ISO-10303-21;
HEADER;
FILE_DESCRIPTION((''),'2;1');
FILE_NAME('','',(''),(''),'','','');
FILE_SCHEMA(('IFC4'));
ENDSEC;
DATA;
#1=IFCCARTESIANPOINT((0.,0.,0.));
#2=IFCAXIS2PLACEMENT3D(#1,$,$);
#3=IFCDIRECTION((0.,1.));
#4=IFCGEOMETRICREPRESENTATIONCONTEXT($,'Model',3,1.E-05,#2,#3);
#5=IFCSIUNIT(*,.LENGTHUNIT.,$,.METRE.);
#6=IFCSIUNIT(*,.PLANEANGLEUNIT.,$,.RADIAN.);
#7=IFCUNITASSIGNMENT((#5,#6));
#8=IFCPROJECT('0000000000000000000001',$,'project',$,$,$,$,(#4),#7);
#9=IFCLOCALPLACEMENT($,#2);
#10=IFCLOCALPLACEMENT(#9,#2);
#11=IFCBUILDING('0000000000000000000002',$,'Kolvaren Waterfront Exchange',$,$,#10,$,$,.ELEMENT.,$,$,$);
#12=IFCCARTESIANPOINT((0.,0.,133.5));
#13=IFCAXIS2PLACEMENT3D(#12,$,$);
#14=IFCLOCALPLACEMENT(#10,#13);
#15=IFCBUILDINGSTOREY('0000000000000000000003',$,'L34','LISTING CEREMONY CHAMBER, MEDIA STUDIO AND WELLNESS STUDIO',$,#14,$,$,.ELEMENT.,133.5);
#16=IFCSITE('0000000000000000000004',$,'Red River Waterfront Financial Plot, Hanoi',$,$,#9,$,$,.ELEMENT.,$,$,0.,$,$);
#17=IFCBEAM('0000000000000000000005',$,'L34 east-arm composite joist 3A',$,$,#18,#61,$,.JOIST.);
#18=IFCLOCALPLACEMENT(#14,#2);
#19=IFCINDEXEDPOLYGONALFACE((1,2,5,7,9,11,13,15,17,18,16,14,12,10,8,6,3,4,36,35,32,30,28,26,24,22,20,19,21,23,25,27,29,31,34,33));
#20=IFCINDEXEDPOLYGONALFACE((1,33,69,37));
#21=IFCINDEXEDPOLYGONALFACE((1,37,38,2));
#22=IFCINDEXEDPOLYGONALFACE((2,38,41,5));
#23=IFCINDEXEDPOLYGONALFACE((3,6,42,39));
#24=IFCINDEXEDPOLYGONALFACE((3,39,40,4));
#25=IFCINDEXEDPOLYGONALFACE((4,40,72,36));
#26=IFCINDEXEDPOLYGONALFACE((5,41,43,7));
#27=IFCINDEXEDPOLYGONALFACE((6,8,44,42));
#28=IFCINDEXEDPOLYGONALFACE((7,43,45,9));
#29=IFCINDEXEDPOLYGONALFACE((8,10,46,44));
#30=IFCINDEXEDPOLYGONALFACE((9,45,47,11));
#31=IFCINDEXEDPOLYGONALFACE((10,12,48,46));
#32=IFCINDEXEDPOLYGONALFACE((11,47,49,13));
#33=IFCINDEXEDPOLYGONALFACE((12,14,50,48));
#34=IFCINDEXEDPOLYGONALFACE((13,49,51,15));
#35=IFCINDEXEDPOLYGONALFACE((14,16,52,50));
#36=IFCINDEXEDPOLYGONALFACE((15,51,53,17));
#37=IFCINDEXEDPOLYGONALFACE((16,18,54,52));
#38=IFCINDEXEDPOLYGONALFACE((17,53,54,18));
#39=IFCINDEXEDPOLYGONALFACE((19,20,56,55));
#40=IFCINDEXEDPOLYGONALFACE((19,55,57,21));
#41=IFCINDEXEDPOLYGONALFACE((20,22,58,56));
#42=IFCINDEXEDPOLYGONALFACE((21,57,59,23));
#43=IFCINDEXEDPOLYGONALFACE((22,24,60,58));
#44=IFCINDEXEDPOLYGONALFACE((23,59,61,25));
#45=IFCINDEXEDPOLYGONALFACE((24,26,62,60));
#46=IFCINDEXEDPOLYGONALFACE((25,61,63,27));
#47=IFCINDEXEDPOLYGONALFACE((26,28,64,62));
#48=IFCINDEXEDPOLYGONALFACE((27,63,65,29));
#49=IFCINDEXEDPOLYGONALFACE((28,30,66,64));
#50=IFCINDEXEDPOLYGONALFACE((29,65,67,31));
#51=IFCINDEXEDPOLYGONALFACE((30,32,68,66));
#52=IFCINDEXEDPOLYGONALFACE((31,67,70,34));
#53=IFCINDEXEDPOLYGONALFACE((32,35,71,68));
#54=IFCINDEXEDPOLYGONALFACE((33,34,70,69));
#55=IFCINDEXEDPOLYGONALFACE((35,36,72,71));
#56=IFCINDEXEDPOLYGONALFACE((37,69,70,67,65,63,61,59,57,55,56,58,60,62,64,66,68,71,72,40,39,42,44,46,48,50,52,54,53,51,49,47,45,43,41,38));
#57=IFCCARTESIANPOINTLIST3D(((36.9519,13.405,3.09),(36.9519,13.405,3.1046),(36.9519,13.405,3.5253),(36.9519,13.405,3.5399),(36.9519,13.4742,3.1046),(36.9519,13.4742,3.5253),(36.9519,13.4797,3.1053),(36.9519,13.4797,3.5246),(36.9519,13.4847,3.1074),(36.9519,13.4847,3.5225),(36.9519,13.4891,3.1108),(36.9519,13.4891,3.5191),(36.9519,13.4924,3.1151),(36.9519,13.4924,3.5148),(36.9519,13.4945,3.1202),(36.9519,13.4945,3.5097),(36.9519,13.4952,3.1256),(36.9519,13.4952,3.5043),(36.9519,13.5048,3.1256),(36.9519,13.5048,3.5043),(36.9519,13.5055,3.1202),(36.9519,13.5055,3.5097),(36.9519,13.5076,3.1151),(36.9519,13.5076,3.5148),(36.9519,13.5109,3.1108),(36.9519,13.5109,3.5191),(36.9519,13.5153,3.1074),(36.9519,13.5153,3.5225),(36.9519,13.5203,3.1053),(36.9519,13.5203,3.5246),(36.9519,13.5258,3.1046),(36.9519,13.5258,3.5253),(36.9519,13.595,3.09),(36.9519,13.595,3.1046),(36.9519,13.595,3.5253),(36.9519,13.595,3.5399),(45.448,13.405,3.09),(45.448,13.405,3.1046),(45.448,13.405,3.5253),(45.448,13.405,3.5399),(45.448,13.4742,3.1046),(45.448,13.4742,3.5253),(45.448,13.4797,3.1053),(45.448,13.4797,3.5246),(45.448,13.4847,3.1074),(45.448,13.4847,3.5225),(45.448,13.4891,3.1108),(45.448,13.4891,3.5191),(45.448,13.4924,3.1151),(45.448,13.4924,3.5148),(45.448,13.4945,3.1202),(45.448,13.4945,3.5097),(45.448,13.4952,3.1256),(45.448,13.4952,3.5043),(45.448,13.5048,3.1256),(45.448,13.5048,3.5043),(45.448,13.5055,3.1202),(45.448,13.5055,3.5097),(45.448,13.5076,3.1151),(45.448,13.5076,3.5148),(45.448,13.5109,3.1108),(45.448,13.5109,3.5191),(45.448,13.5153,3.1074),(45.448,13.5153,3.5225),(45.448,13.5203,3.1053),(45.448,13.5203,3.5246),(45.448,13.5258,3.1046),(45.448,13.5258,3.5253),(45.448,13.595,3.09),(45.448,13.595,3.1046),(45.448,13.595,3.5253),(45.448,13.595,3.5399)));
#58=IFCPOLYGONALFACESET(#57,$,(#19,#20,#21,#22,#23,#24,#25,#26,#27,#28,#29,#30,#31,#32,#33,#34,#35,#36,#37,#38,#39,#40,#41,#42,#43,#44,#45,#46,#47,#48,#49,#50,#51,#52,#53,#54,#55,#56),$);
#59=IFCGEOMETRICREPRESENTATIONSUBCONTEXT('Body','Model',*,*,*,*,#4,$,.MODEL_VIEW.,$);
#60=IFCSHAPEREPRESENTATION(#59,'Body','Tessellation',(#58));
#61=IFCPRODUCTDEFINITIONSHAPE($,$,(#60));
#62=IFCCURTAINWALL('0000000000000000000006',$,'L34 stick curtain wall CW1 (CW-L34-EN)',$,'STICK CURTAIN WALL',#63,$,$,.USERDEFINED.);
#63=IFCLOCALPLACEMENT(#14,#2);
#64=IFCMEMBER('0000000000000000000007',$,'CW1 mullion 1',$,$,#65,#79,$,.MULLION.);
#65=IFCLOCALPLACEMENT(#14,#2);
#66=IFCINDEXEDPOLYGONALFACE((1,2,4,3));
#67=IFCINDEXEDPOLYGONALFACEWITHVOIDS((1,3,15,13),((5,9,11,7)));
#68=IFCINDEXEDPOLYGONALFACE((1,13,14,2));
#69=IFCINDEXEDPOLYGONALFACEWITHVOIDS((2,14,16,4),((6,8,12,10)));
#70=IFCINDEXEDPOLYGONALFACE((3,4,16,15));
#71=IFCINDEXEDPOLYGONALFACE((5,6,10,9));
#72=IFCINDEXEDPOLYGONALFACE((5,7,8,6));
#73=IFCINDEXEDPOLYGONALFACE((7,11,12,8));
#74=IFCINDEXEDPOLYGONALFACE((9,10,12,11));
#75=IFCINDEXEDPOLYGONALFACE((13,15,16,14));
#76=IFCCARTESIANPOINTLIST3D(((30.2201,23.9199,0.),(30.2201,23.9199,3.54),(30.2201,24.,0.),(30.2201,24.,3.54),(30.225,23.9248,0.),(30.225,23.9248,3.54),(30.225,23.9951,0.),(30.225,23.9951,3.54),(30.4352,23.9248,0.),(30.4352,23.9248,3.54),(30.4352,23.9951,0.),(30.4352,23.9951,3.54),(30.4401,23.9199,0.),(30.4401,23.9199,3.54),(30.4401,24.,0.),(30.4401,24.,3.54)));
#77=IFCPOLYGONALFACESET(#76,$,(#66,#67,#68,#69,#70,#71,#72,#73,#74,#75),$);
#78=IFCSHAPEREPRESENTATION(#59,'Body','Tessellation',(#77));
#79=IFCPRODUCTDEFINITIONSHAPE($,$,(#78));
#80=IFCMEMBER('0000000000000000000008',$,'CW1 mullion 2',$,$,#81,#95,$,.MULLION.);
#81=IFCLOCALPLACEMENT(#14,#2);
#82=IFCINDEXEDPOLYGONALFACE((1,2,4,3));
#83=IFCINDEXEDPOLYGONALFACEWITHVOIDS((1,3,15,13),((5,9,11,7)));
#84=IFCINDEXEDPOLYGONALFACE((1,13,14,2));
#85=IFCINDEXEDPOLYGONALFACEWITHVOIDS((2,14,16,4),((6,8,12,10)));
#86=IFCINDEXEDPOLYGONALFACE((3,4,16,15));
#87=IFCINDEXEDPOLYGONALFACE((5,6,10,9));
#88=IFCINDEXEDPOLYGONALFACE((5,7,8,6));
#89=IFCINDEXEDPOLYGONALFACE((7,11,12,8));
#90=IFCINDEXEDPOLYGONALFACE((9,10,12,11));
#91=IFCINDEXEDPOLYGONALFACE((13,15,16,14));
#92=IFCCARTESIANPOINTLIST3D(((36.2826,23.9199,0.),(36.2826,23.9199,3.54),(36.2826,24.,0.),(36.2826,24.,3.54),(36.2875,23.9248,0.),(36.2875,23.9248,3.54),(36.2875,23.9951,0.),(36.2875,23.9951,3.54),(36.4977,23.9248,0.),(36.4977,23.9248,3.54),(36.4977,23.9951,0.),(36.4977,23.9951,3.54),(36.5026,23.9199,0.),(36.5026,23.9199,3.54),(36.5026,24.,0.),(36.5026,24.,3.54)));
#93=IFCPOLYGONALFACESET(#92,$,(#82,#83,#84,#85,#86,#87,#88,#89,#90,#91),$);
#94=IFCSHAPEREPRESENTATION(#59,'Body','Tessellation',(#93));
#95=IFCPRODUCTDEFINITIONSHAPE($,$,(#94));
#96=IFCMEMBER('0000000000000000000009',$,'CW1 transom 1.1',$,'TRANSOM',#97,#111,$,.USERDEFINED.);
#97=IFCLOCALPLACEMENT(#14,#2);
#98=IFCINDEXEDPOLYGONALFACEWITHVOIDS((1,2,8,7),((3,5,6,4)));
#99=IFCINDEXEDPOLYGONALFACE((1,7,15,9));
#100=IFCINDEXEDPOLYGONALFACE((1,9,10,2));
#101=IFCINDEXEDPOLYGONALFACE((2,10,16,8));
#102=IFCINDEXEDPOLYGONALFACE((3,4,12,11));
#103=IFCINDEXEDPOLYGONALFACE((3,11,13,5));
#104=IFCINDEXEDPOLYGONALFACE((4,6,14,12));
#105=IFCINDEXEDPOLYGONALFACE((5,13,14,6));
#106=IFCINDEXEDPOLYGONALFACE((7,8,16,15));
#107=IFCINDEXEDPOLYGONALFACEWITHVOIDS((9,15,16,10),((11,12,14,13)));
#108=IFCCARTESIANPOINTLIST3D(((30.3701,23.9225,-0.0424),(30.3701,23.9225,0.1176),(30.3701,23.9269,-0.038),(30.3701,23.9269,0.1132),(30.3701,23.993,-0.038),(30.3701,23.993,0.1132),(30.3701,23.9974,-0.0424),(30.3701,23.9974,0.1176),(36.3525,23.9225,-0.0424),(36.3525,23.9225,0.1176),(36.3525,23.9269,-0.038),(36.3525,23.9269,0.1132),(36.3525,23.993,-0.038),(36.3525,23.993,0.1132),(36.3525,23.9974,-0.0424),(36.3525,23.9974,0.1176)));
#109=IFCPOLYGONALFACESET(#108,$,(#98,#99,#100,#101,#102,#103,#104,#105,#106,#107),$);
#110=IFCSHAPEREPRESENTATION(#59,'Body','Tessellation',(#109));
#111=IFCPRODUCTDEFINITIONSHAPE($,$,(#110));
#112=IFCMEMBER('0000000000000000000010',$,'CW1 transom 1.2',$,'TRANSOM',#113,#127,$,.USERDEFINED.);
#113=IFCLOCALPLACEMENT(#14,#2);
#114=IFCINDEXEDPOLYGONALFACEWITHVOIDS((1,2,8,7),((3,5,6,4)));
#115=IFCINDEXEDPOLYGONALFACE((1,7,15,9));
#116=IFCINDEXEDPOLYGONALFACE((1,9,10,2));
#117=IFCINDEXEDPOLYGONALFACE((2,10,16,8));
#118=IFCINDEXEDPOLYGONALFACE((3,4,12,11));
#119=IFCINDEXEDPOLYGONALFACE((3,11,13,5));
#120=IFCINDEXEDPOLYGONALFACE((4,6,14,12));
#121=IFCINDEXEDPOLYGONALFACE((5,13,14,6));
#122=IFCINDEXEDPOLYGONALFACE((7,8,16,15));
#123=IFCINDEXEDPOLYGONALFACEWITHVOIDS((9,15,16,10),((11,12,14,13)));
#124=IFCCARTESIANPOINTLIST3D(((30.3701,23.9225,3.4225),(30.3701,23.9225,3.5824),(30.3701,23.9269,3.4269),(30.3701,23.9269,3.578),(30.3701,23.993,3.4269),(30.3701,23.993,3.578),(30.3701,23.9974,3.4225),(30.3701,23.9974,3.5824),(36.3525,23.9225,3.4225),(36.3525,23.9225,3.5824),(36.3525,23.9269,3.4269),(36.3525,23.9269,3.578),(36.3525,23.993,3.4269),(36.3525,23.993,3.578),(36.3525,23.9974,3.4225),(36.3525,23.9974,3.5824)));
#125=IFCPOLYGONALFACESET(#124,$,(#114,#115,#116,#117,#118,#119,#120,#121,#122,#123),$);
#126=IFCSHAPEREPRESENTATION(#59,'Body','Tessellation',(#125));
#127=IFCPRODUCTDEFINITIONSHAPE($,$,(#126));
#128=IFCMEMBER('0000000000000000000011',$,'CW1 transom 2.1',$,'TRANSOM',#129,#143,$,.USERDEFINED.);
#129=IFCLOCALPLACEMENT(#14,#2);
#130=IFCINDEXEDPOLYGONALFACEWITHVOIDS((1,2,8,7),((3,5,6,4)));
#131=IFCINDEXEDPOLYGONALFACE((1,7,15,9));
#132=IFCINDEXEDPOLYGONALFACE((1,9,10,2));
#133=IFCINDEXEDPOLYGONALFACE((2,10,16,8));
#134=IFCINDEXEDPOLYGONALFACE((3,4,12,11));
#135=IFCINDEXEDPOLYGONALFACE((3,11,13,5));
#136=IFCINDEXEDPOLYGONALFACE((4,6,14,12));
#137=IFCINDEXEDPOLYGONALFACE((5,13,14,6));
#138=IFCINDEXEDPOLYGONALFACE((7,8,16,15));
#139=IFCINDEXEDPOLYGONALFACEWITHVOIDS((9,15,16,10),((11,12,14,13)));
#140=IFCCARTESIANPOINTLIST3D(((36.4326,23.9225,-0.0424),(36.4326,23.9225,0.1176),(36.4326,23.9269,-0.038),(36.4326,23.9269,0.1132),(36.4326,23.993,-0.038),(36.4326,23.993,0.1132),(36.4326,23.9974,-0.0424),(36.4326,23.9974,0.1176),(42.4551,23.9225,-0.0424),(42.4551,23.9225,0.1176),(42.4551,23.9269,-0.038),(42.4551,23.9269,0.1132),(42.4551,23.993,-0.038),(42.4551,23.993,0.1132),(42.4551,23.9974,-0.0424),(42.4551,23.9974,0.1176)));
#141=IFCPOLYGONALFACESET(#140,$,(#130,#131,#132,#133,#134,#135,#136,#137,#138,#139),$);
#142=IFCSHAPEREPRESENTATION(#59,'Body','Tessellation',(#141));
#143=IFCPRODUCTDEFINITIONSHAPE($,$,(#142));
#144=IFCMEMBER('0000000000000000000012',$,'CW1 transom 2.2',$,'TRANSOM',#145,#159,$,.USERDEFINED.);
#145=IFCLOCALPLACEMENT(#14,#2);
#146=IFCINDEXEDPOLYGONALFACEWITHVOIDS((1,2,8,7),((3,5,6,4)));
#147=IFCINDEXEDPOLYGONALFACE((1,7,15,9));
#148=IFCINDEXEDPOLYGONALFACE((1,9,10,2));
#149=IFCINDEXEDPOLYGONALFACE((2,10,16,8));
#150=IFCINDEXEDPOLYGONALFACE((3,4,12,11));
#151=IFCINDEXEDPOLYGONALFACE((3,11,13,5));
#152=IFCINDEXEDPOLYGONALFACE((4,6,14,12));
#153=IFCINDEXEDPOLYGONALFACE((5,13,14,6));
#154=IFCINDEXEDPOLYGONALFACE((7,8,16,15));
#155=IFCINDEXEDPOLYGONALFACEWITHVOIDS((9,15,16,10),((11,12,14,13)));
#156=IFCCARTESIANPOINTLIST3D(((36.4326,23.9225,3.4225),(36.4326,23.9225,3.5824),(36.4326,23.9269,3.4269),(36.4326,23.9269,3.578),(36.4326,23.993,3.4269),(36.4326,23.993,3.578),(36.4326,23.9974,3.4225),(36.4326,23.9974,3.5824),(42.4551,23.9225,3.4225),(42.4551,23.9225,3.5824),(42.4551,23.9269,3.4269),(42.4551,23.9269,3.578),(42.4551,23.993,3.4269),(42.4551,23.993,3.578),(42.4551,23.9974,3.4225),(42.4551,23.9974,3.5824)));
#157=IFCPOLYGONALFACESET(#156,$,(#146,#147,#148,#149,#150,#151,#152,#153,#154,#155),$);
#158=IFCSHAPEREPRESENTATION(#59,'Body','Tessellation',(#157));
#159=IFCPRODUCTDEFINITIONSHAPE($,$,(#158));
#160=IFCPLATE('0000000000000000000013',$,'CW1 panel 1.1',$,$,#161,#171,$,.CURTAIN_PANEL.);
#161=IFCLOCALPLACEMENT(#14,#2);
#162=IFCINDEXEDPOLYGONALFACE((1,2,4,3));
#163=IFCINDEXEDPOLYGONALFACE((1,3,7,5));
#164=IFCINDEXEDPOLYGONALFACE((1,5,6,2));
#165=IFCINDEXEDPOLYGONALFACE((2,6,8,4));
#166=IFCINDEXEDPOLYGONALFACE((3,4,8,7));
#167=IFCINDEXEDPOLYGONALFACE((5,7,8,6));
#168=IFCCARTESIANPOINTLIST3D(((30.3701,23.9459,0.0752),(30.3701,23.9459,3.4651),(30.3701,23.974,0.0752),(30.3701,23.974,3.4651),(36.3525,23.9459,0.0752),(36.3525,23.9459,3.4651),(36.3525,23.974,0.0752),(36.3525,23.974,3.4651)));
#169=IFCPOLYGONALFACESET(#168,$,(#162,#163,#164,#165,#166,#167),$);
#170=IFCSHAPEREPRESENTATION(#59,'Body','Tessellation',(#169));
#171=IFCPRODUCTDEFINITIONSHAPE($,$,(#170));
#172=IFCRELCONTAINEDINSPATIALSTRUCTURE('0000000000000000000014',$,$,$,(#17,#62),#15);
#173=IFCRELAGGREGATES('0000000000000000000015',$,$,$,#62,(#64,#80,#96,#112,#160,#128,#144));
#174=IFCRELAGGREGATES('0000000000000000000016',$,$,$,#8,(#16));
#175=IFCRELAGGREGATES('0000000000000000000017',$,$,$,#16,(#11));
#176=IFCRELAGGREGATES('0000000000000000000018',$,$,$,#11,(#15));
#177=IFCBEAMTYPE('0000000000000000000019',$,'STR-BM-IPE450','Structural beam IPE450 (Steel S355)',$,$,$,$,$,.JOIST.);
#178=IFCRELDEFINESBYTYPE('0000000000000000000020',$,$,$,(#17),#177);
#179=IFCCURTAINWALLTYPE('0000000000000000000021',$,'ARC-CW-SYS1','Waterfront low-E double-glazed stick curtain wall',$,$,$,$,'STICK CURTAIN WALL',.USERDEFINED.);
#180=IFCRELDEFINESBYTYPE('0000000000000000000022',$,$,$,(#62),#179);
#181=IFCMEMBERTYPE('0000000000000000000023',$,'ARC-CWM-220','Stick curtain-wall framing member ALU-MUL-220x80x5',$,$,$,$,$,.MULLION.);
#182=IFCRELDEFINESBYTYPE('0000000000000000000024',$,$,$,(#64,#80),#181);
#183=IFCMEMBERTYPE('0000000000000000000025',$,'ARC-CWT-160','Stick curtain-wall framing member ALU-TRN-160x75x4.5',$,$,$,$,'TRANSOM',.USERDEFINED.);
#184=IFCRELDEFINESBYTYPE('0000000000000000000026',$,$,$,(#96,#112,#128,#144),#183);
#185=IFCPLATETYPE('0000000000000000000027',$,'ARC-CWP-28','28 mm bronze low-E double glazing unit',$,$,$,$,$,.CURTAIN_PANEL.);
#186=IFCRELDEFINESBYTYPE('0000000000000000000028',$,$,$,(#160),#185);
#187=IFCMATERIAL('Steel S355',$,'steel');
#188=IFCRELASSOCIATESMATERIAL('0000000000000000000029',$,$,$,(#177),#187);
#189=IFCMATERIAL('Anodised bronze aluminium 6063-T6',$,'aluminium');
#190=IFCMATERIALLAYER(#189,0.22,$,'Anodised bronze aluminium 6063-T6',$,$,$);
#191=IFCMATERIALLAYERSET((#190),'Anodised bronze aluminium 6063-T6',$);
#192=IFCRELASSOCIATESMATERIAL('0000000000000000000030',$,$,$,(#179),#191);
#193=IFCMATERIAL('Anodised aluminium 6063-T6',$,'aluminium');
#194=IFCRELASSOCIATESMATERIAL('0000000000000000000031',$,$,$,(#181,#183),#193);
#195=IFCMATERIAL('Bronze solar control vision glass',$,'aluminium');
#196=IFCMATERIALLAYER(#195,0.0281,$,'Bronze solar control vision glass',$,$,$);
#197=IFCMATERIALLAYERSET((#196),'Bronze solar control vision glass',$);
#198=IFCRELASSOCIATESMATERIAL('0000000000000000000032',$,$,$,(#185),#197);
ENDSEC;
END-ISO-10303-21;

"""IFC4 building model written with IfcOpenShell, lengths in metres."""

from ifc_helpers import new_model, si_unit, direction, frame, origin, origin_with_axes, origin_2d, place, context, subcontext, project, spatial, rectangle, hollow_rectangle, i_section, extrude, source, transform, mapped, material, layer, layer_set, material_profile, profile_set, type_object, element, aggregate, save


model = new_model("IFC4")

# Units and contexts
model_context = context("Model", 3, precision=1e-05, world=origin(), true_north=direction((0.0, 1.0)))
body_context = subcontext(model_context, "Body", "Model", "MODEL_VIEW")
ifc_project = project(units=[si_unit("LENGTHUNIT", "METRE"), si_unit("PLANEANGLEUNIT", "RADIAN")], contexts=[model_context])

# Site, building, storey
site_placement = place(None, origin())
site = spatial("IfcSite", under=ifc_project, at=site_placement, Name="Red River Waterfront Financial Plot, Hanoi", CompositionType="ELEMENT", RefElevation=0.0)
building_placement = place(site_placement, origin())
building = spatial("IfcBuilding", under=site, at=building_placement, Name="Kolvaren Waterfront Exchange", CompositionType="ELEMENT")
storey_placement = place(building_placement, frame((0.0, 0.0, 133.5)))
storey = spatial("IfcBuildingStorey", under=building, at=storey_placement, Name="L34", Description="LISTING CEREMONY CHAMBER, MEDIA STUDIO AND WELLNESS STUDIO", CompositionType="ELEMENT", Elevation=133.5)

# Beam
ifc_material_1 = material(Name="Steel S355", Category="steel")
ifc_material_profile_1 = material_profile(ifc_material_1, i_section(OverallWidth=0.1899, OverallDepth=0.45, WebThickness=0.0095, FlangeThickness=0.0146, FilletRadius=0.021, at=origin_2d()), Name="IPE450")
ifc_profile_set_1 = profile_set([ifc_material_profile_1], Name="Steel S355")
beam_type_1 = type_object("IfcBeamType", Name="STR-BM-IPE450", Description="Structural beam IPE450 (Steel S355)", PredefinedType="JOIST", material=ifc_profile_set_1)
beam_1_placement = place(storey_placement, frame((36.9519, 13.5, 3.3149), z_axis=(1.0, 0.0, 0.0), x_axis=(0.0, 1.0, 0.0)))
element("IfcBeam", 1, at=beam_1_placement, inside=storey, type_object=beam_type_1, Name="L34 east-arm composite joist 3A", PredefinedType="JOIST", context=body_context, shape_type="SweptSolid", body=[
    extrude(i_section(OverallWidth=0.1899, OverallDepth=0.45, WebThickness=0.0095, FlangeThickness=0.0146, FilletRadius=0.021, at=origin_2d()), origin(), (0.0, 0.0, 1.0), 8.4961),
])

# Curtain wall, members, plate
ifc_material_2 = material(Name="Anodised bronze aluminium 6063-T6", Category="aluminium")
ifc_layer_1 = layer(ifc_material_2, 0.22, Name="Anodised bronze aluminium 6063-T6")
ifc_layer_set_1 = layer_set([ifc_layer_1], Name="Anodised bronze aluminium 6063-T6")
curtain_wall_type = type_object("IfcCurtainWallType", Name="ARC-CW-SYS1", Description="Waterfront low-E double-glazed stick curtain wall", ElementType="STICK CURTAIN WALL", PredefinedType="USERDEFINED", material=ifc_layer_set_1)
curtain_wall_placement = place(storey_placement, origin())
curtain_wall = element("IfcCurtainWall", 2, at=curtain_wall_placement, inside=storey, type_object=curtain_wall_type, Name="L34 stick curtain wall CW1 (CW-L34-EN)", ObjectType="STICK CURTAIN WALL", PredefinedType="USERDEFINED")
ifc_material_3 = material(Name="Anodised aluminium 6063-T6", Category="aluminium")
ifc_material_profile_2 = material_profile(ifc_material_3, hollow_rectangle(XDim=0.0801, YDim=0.22, WallThickness=0.0049, at=origin_2d()), Name="ALU-MUL-220x80x5")
ifc_profile_set_2 = profile_set([ifc_material_profile_2], Name="Anodised aluminium 6063-T6")
member_type_1 = type_object("IfcMemberType", Name="ARC-CWM-220", Description="Stick curtain-wall framing member ALU-MUL-220x80x5", PredefinedType="MULLION", material=ifc_profile_set_2)
shared_shape_1 = source(origin_with_axes(), body_context, "Body", "SweptSolid", [
    extrude(hollow_rectangle(XDim=0.0801, YDim=0.22, WallThickness=0.0049, at=origin_2d()), origin(), (0.0, 0.0, 1.0), 3.54),
])
member_1_placement = place(storey_placement, frame((30.3301, 23.96, 0.0), z_axis=(0.0, 0.0, 1.0), x_axis=(0.0, 1.0, 0.0)))
member_1 = element("IfcMember", 3, at=member_1_placement, type_object=member_type_1, Name="CW1 mullion 1", PredefinedType="MULLION", context=body_context, shape_type="MappedRepresentation", body=[
    mapped(shared_shape_1, transform((0.0, 0.0, 0.0), x_axis=(1.0, 0.0, 0.0), y_axis=(0.0, 1.0, 0.0), z_axis=(0.0, 0.0, 1.0), scale=1.0)),
])
member_2_placement = place(storey_placement, frame((36.3926, 23.96, 0.0), z_axis=(0.0, 0.0, 1.0), x_axis=(0.0, 1.0, 0.0)))
member_2 = element("IfcMember", 4, at=member_2_placement, type_object=member_type_1, Name="CW1 mullion 2", PredefinedType="MULLION", context=body_context, shape_type="MappedRepresentation", body=[
    mapped(shared_shape_1, transform((0.0, 0.0, 0.0), x_axis=(1.0, 0.0, 0.0), y_axis=(0.0, 1.0, 0.0), z_axis=(0.0, 0.0, 1.0), scale=1.0)),
])
ifc_material_profile_3 = material_profile(ifc_material_3, hollow_rectangle(XDim=0.075, YDim=0.1599, WallThickness=0.0044, at=origin_2d()), Name="ALU-TRN-160x75x4.5")
ifc_profile_set_3 = profile_set([ifc_material_profile_3], Name="Anodised aluminium 6063-T6")
member_type_2 = type_object("IfcMemberType", Name="ARC-CWT-160", Description="Stick curtain-wall framing member ALU-TRN-160x75x4.5", ElementType="TRANSOM", PredefinedType="USERDEFINED", material=ifc_profile_set_3)
shared_shape_2 = source(origin_with_axes(), body_context, "Body", "SweptSolid", [
    extrude(hollow_rectangle(XDim=0.075, YDim=0.1599, WallThickness=0.0044, at=origin_2d()), origin(), (0.0, 0.0, 1.0), 5.9824),
])
member_3_placement = place(storey_placement, frame((30.3701, 23.96, 0.0376), z_axis=(1.0, 0.0, 0.0), x_axis=(0.0, 1.0, 0.0)))
member_3 = element("IfcMember", 5, at=member_3_placement, type_object=member_type_2, Name="CW1 transom 1.1", ObjectType="TRANSOM", PredefinedType="USERDEFINED", context=body_context, shape_type="MappedRepresentation", body=[
    mapped(shared_shape_2, transform((0.0, 0.0, 0.0), x_axis=(1.0, 0.0, 0.0), y_axis=(0.0, 1.0, 0.0), z_axis=(0.0, 0.0, 1.0), scale=1.0)),
])
member_4_placement = place(storey_placement, frame((30.3701, 23.96, 3.5024), z_axis=(1.0, 0.0, 0.0), x_axis=(0.0, 1.0, 0.0)))
member_4 = element("IfcMember", 6, at=member_4_placement, type_object=member_type_2, Name="CW1 transom 1.2", ObjectType="TRANSOM", PredefinedType="USERDEFINED", context=body_context, shape_type="MappedRepresentation", body=[
    mapped(shared_shape_2, transform((0.0, 0.0, 0.0), x_axis=(1.0, 0.0, 0.0), y_axis=(0.0, 1.0, 0.0), z_axis=(0.0, 0.0, 1.0), scale=1.0)),
])
shared_shape_3 = source(origin_with_axes(), body_context, "Body", "SweptSolid", [
    extrude(hollow_rectangle(XDim=0.075, YDim=0.1599, WallThickness=0.0044, at=origin_2d()), origin(), (0.0, 0.0, 1.0), 6.0225),
])
member_5_placement = place(storey_placement, frame((36.4326, 23.96, 0.0376), z_axis=(1.0, 0.0, 0.0), x_axis=(0.0, 1.0, 0.0)))
member_5 = element("IfcMember", 7, at=member_5_placement, type_object=member_type_2, Name="CW1 transom 2.1", ObjectType="TRANSOM", PredefinedType="USERDEFINED", context=body_context, shape_type="MappedRepresentation", body=[
    mapped(shared_shape_3, transform((0.0, 0.0, 0.0), x_axis=(1.0, 0.0, 0.0), y_axis=(0.0, 1.0, 0.0), z_axis=(0.0, 0.0, 1.0), scale=1.0)),
])
member_6_placement = place(storey_placement, frame((36.4326, 23.96, 3.5024), z_axis=(1.0, 0.0, 0.0), x_axis=(0.0, 1.0, 0.0)))
member_6 = element("IfcMember", 8, at=member_6_placement, type_object=member_type_2, Name="CW1 transom 2.2", ObjectType="TRANSOM", PredefinedType="USERDEFINED", context=body_context, shape_type="MappedRepresentation", body=[
    mapped(shared_shape_3, transform((0.0, 0.0, 0.0), x_axis=(1.0, 0.0, 0.0), y_axis=(0.0, 1.0, 0.0), z_axis=(0.0, 0.0, 1.0), scale=1.0)),
])
ifc_material_4 = material(Name="Bronze solar control vision glass", Category="aluminium")
ifc_layer_2 = layer(ifc_material_4, 0.0281, Name="Bronze solar control vision glass")
ifc_layer_set_2 = layer_set([ifc_layer_2], Name="Bronze solar control vision glass")
plate_type = type_object("IfcPlateType", Name="ARC-CWP-28", Description="28 mm bronze low-E double glazing unit", PredefinedType="CURTAIN_PANEL", material=ifc_layer_set_2)
shared_shape_4 = source(origin_with_axes(), body_context, "Body", "SweptSolid", [
    extrude(rectangle(XDim=5.9824, YDim=0.0281, at=origin_2d()), origin(), (0.0, 0.0, 1.0), 3.3899),
])
plate_placement = place(storey_placement, frame((33.3613, 23.96, 0.0752), z_axis=(0.0, 0.0, 1.0), x_axis=(1.0, 0.0, 0.0)))
plate = element("IfcPlate", 9, at=plate_placement, type_object=plate_type, Name="CW1 panel 1.1", PredefinedType="CURTAIN_PANEL", context=body_context, shape_type="MappedRepresentation", body=[
    mapped(shared_shape_4, transform((0.0, 0.0, 0.0), x_axis=(1.0, 0.0, 0.0), y_axis=(0.0, 1.0, 0.0), z_axis=(0.0, 0.0, 1.0), scale=1.0)),
])
aggregate(curtain_wall, [member_1, member_2, member_3, member_4, plate, member_5, member_6])

save(model, "model.ifc")
